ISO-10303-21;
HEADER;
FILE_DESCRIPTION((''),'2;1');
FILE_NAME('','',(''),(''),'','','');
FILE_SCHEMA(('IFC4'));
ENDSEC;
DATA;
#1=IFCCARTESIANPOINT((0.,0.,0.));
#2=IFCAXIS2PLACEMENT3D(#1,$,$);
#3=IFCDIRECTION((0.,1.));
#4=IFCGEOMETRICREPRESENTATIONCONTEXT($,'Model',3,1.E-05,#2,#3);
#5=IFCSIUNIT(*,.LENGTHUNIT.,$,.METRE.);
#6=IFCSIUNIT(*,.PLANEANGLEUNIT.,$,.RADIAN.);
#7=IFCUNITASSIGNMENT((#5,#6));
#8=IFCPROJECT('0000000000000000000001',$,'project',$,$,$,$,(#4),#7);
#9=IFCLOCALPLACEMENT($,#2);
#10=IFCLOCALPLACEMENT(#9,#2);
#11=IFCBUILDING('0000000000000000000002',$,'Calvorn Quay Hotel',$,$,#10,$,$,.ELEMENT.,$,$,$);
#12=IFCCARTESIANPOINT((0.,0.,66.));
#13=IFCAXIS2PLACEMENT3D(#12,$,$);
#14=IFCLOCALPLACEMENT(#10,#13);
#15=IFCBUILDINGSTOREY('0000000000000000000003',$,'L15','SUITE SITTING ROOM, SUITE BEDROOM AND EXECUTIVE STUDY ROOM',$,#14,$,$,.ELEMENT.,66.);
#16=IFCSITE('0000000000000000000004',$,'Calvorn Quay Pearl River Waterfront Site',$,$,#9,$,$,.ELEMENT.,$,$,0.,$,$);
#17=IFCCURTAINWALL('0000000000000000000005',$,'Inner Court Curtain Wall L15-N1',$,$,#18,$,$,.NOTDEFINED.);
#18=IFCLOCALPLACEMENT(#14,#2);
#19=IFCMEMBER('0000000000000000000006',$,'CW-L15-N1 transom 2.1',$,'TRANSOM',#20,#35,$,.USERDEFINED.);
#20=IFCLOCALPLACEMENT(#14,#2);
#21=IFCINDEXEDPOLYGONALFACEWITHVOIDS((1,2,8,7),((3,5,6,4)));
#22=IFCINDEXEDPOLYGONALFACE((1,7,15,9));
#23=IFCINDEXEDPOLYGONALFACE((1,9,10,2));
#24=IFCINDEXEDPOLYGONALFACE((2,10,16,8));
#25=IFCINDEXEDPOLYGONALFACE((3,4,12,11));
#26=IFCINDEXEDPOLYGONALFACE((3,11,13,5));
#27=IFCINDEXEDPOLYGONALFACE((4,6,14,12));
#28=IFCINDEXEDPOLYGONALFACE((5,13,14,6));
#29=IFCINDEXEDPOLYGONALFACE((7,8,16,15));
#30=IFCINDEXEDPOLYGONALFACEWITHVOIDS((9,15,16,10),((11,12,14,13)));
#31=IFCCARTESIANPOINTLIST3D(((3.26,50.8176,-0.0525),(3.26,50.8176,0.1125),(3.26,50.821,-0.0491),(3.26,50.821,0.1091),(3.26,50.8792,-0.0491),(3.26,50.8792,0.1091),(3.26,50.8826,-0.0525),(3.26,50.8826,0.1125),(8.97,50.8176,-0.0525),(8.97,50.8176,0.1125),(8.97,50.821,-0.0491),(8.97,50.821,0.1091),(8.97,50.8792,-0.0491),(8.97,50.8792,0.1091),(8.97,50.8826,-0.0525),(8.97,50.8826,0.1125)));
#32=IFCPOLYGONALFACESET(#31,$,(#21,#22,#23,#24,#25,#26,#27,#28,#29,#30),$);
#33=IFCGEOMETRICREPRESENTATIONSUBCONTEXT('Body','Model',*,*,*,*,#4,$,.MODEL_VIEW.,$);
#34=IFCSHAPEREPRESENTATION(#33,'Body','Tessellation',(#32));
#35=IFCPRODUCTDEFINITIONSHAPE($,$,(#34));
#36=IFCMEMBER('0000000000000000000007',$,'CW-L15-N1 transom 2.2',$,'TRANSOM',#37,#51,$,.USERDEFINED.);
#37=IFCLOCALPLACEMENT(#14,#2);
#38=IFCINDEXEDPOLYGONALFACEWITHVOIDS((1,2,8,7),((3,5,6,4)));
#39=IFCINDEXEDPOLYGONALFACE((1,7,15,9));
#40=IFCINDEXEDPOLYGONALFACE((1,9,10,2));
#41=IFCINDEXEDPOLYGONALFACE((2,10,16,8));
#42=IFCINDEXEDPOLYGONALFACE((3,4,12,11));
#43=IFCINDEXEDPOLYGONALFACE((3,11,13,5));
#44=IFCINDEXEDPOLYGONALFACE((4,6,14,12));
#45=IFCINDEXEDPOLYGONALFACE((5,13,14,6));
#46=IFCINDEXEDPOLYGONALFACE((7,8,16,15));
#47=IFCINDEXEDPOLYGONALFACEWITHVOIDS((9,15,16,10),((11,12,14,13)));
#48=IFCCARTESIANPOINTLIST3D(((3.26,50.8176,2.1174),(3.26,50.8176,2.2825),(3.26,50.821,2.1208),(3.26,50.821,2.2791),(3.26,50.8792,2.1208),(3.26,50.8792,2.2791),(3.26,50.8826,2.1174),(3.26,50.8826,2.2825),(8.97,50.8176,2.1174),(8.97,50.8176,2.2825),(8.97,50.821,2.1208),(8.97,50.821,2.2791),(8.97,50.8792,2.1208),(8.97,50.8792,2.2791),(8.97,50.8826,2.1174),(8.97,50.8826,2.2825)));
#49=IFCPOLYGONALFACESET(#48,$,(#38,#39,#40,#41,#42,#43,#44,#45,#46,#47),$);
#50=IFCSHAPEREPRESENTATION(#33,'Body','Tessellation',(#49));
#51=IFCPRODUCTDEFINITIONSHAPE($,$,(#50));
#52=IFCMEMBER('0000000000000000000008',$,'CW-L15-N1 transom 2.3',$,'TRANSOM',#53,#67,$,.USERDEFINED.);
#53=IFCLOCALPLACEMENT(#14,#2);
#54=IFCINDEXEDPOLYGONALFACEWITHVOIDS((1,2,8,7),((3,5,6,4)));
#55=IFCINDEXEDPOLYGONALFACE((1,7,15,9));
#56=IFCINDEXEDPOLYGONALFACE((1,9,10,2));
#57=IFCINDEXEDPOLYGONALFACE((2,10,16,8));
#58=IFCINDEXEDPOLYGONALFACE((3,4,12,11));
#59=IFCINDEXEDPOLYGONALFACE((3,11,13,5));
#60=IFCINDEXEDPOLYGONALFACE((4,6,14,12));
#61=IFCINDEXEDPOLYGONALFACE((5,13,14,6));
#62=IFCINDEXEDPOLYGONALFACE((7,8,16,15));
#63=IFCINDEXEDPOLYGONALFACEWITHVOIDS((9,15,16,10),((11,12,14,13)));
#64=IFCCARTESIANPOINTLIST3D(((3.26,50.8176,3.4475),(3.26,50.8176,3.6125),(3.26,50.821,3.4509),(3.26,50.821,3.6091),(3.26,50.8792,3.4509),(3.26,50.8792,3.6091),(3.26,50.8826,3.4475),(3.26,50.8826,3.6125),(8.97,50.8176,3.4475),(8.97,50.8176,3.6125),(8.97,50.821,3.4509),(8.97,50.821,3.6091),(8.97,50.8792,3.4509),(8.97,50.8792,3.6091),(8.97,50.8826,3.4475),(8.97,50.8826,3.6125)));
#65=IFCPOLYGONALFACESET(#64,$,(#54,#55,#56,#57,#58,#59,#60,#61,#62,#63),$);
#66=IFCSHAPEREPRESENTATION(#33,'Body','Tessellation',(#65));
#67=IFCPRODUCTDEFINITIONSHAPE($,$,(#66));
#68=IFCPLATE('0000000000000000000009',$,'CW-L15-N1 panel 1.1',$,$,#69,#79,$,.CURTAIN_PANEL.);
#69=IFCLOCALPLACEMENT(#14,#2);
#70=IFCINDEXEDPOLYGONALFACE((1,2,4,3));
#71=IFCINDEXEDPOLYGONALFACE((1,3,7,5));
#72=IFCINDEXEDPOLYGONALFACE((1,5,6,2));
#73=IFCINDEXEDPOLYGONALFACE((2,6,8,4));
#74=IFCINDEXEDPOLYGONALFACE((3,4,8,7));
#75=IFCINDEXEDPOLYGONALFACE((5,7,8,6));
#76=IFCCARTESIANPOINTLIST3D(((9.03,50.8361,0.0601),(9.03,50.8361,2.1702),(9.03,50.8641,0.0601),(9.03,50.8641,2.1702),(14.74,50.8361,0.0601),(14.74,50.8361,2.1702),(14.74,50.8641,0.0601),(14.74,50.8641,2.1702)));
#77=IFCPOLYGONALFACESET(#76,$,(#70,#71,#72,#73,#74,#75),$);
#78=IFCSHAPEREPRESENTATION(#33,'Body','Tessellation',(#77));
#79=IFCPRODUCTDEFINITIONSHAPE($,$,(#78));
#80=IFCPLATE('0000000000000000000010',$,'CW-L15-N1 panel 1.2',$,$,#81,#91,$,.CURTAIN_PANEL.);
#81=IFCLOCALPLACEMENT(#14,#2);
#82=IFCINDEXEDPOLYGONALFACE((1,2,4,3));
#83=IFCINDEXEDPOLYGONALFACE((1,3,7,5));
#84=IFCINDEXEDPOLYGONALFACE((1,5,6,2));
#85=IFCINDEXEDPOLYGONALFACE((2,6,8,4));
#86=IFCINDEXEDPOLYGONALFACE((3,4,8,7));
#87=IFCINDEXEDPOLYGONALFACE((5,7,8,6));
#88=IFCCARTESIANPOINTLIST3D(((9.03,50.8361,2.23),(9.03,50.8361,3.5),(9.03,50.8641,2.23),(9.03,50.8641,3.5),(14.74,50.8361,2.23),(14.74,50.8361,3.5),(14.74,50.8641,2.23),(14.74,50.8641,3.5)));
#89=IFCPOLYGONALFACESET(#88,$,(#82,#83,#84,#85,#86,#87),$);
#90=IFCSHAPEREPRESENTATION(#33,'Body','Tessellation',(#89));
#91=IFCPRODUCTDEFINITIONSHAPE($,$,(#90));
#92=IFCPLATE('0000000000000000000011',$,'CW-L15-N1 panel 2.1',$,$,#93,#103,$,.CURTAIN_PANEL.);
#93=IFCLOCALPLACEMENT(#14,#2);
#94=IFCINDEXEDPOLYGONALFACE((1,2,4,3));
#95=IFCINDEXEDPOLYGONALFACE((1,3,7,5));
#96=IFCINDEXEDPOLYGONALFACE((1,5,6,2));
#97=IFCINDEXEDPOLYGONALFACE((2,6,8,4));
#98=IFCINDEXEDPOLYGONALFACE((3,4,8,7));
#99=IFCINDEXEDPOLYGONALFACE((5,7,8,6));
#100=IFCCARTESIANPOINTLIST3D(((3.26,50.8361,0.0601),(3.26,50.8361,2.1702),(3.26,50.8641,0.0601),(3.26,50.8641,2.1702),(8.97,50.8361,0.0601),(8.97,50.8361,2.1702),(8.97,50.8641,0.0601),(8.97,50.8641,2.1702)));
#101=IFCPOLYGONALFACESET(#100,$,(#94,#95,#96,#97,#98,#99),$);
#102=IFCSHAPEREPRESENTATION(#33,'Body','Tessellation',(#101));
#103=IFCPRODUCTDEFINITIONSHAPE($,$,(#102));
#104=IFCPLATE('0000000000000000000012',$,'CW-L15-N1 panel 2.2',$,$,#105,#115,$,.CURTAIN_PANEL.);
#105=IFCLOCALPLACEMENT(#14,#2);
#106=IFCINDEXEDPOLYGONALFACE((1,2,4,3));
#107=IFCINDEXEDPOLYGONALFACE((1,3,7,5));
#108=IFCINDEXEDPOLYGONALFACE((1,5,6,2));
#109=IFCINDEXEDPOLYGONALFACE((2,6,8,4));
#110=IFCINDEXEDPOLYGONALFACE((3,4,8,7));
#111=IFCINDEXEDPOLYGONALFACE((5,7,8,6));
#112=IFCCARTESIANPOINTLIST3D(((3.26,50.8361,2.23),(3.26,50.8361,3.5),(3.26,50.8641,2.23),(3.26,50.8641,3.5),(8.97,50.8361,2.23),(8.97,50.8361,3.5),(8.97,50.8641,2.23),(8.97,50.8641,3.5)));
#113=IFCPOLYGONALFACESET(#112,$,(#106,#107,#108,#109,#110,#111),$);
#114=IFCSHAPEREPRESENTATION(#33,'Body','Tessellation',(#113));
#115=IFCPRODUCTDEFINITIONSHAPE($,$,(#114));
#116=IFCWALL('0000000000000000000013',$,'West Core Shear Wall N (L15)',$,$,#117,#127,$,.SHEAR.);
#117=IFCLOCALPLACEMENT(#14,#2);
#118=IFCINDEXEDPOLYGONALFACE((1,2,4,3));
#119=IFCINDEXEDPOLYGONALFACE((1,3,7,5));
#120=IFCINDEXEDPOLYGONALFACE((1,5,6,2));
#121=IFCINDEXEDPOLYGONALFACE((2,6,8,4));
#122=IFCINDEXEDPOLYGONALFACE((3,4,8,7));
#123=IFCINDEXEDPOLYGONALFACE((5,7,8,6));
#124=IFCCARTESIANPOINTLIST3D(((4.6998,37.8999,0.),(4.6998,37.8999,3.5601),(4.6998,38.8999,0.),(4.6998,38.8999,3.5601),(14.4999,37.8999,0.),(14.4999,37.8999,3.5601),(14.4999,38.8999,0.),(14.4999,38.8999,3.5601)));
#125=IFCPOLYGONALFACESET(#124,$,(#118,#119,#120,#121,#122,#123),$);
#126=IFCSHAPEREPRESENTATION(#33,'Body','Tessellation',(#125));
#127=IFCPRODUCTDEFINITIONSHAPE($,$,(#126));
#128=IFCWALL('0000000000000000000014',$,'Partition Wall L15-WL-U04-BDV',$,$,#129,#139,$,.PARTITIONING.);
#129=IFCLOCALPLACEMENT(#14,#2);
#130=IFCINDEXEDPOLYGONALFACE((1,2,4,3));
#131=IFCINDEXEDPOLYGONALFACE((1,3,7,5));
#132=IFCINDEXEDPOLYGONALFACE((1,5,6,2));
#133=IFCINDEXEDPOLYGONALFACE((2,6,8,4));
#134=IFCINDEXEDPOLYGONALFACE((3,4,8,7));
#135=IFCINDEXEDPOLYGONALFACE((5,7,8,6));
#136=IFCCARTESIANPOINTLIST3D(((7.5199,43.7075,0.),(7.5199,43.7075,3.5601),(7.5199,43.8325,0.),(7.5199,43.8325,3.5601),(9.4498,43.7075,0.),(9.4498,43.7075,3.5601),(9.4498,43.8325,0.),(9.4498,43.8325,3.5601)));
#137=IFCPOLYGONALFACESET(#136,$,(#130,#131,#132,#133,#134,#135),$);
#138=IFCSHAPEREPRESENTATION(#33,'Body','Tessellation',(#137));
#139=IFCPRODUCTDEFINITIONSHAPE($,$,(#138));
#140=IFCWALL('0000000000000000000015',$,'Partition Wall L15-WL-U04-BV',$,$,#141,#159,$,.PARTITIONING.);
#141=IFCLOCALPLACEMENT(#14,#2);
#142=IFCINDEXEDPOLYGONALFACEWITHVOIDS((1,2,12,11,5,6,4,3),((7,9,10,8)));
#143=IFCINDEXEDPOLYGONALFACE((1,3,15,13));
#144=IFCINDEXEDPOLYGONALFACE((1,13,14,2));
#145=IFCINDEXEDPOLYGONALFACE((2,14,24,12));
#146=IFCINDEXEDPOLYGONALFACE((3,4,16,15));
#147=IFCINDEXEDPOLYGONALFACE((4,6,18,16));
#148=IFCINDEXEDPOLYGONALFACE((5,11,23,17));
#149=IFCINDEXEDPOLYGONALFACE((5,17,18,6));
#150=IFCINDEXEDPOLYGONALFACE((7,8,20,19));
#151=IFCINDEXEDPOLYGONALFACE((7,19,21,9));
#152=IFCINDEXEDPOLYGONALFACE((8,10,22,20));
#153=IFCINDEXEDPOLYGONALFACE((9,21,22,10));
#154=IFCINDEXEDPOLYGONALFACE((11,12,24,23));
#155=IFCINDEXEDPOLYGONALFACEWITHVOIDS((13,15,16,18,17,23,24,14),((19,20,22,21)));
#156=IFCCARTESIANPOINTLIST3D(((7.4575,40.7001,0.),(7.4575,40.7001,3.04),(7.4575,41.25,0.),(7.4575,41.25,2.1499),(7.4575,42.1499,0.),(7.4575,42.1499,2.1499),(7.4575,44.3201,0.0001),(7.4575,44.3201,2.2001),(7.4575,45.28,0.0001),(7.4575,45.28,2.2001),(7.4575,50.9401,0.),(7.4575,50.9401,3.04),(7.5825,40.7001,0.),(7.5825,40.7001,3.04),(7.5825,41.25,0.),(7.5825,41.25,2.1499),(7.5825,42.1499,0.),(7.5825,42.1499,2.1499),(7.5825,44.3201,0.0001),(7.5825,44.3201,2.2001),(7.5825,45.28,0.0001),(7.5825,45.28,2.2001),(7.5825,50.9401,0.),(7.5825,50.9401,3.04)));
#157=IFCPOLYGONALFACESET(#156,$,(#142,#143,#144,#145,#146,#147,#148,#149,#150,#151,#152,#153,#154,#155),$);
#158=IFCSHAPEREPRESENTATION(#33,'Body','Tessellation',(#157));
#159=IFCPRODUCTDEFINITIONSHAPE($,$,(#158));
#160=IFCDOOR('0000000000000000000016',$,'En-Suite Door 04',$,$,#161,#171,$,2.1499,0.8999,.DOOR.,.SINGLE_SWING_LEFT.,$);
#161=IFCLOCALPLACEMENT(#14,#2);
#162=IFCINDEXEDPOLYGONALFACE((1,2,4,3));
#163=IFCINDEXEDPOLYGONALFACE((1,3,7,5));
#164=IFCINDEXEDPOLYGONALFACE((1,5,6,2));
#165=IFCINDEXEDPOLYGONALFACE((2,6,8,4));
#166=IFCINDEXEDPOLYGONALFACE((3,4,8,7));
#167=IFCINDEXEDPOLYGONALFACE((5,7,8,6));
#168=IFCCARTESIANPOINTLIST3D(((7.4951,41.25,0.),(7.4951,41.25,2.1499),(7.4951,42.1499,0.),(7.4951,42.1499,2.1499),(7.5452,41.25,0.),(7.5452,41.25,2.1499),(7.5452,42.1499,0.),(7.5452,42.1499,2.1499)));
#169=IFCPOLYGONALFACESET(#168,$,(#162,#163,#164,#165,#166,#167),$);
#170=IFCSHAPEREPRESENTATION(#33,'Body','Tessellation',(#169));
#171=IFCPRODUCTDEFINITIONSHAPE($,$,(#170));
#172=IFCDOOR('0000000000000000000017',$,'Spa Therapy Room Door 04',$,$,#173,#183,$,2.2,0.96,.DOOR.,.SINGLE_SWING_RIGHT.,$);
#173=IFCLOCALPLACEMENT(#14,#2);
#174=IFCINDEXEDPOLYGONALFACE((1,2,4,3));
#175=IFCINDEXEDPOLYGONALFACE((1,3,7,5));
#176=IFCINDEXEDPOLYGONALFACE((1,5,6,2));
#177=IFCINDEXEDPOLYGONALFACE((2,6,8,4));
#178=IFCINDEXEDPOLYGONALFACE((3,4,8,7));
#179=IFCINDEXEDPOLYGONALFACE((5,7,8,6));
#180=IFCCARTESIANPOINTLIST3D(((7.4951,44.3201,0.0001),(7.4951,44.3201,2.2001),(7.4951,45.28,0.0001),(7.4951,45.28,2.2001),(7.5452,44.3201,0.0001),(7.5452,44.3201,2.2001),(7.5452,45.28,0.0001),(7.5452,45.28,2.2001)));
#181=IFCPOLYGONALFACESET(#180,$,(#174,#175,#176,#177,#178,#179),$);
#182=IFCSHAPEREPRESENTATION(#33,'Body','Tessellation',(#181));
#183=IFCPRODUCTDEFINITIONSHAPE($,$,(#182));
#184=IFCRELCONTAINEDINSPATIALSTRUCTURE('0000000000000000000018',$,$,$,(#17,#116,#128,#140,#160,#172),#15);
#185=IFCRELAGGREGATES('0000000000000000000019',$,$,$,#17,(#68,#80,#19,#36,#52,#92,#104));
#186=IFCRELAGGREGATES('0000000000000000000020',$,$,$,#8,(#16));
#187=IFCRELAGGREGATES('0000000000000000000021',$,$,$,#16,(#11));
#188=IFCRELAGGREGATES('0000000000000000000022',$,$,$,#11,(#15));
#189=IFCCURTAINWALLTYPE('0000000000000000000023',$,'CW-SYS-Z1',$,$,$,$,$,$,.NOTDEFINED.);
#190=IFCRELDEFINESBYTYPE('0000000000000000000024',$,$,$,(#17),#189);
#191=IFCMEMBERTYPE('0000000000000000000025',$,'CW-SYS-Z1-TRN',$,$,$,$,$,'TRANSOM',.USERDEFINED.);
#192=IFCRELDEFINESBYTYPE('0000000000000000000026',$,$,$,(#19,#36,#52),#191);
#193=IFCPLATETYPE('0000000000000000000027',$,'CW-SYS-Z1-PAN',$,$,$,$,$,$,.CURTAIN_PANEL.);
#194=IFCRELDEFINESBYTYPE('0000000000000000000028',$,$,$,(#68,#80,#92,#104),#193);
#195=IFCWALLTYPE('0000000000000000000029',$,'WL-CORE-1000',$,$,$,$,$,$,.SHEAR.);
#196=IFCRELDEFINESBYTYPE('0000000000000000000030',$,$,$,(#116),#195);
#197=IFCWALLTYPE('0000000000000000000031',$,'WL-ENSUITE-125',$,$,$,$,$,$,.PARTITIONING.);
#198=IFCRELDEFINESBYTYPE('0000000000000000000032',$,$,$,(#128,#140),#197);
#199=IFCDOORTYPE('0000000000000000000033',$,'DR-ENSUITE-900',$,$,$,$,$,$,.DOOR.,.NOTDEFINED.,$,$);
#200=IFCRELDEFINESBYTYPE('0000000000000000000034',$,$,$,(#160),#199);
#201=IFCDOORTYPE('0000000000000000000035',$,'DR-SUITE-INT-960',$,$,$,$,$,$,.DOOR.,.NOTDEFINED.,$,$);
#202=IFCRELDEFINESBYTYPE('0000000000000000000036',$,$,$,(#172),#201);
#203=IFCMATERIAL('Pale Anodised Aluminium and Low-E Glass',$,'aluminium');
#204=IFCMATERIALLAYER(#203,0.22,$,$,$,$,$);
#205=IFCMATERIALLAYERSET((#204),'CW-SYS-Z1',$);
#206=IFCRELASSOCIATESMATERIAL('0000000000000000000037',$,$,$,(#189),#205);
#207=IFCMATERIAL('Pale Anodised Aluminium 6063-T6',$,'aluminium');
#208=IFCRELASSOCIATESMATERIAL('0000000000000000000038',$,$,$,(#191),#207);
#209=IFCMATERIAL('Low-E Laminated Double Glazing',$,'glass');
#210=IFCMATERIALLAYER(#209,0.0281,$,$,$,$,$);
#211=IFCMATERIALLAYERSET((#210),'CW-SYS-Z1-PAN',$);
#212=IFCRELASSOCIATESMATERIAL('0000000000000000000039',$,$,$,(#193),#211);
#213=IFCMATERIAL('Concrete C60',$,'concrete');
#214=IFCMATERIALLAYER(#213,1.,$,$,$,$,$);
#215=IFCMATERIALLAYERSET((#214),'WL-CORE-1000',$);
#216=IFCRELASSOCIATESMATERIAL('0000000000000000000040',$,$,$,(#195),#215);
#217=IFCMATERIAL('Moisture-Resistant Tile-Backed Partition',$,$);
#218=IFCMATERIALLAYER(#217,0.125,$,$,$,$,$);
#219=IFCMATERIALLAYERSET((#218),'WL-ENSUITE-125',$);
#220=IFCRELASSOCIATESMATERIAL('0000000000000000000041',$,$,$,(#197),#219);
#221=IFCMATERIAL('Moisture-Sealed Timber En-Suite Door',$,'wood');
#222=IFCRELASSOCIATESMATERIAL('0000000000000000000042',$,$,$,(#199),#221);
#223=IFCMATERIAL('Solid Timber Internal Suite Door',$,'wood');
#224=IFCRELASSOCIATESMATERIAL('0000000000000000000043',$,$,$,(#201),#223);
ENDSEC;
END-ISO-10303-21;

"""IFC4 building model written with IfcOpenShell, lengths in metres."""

from ifc_helpers import new_model, si_unit, direction, frame, frame_2d, origin, origin_2d, place, context, subcontext, project, spatial, rectangle, hollow_rectangle, extrude, material, layer, layer_set, material_profile, profile_set, type_object, element, fill, aggregate, save


model = new_model("IFC4")

# Units and contexts
model_context = context("Model", 3, precision=1e-05, world=origin(), true_north=direction((0.0, 1.0)))
body_context = subcontext(model_context, "Body", "Model", "MODEL_VIEW")
ifc_project = project(units=[si_unit("LENGTHUNIT", "METRE"), si_unit("PLANEANGLEUNIT", "RADIAN")], contexts=[model_context])

# Site, building, storey
site_placement = place(None, origin())
site = spatial("IfcSite", under=ifc_project, at=site_placement, Name="Calvorn Quay Pearl River Waterfront Site", CompositionType="ELEMENT", RefElevation=0.0)
building_placement = place(site_placement, origin())
building = spatial("IfcBuilding", under=site, at=building_placement, Name="Calvorn Quay Hotel", CompositionType="ELEMENT")
storey_placement = place(building_placement, frame((0.0, 0.0, 66.0)))
storey = spatial("IfcBuildingStorey", under=building, at=storey_placement, Name="L15", Description="SUITE SITTING ROOM, SUITE BEDROOM AND EXECUTIVE STUDY ROOM", CompositionType="ELEMENT", Elevation=66.0)

# Curtain wall, members, plates
ifc_material_1 = material(Name="Pale Anodised Aluminium and Low-E Glass", Category="aluminium")
ifc_layer_1 = layer(ifc_material_1, 0.22)
ifc_layer_set_1 = layer_set([ifc_layer_1], Name="CW-SYS-Z1")
curtain_wall_type = type_object("IfcCurtainWallType", Name="CW-SYS-Z1", PredefinedType="NOTDEFINED", material=ifc_layer_set_1)
curtain_wall_placement = place(storey_placement, origin())
curtain_wall = element("IfcCurtainWall", 1, at=curtain_wall_placement, inside=storey, type_object=curtain_wall_type, Name="Inner Court Curtain Wall L15-N1", PredefinedType="NOTDEFINED")
ifc_material_2 = material(Name="Pale Anodised Aluminium 6063-T6", Category="aluminium")
ifc_material_profile_1 = material_profile(ifc_material_2, hollow_rectangle(XDim=0.0649, YDim=0.165, WallThickness=0.0034, at=origin_2d()), Name="ALU-T165x65x3.5")
ifc_profile_set_1 = profile_set([ifc_material_profile_1], Name="Pale Anodised Aluminium 6063-T6")
member_type_1 = type_object("IfcMemberType", Name="CW-SYS-Z1-TRN", ElementType="TRANSOM", PredefinedType="USERDEFINED", material=ifc_profile_set_1)
member_1_placement = place(storey_placement, frame((8.97, 50.8501, 0.03), z_axis=(-1.0, 0.0, 0.0), x_axis=(0.0, -1.0, 0.0)))
member_1 = element("IfcMember", 2, at=member_1_placement, type_object=member_type_1, Name="CW-L15-N1 transom 2.1", ObjectType="TRANSOM", PredefinedType="USERDEFINED", context=body_context, shape_type="SweptSolid", body=[
    extrude(hollow_rectangle(XDim=0.0649, YDim=0.165, WallThickness=0.0034, at=origin_2d()), origin(), (0.0, 0.0, 1.0), 5.71),
])
member_2_placement = place(storey_placement, frame((8.97, 50.8501, 2.2), z_axis=(-1.0, 0.0, 0.0), x_axis=(0.0, -1.0, 0.0)))
member_2 = element("IfcMember", 3, at=member_2_placement, type_object=member_type_1, Name="CW-L15-N1 transom 2.2", ObjectType="TRANSOM", PredefinedType="USERDEFINED", context=body_context, shape_type="SweptSolid", body=[
    extrude(hollow_rectangle(XDim=0.0649, YDim=0.165, WallThickness=0.0034, at=origin_2d()), origin(), (0.0, 0.0, 1.0), 5.71),
])
member_3_placement = place(storey_placement, frame((8.97, 50.8501, 3.53), z_axis=(-1.0, 0.0, 0.0), x_axis=(0.0, -1.0, 0.0)))
member_3 = element("IfcMember", 4, at=member_3_placement, type_object=member_type_1, Name="CW-L15-N1 transom 2.3", ObjectType="TRANSOM", PredefinedType="USERDEFINED", context=body_context, shape_type="SweptSolid", body=[
    extrude(hollow_rectangle(XDim=0.0649, YDim=0.165, WallThickness=0.0034, at=origin_2d()), origin(), (0.0, 0.0, 1.0), 5.71),
])
ifc_material_3 = material(Name="Low-E Laminated Double Glazing", Category="glass")
ifc_layer_2 = layer(ifc_material_3, 0.0281)
ifc_layer_set_2 = layer_set([ifc_layer_2], Name="CW-SYS-Z1-PAN")
plate_type = type_object("IfcPlateType", Name="CW-SYS-Z1-PAN", PredefinedType="CURTAIN_PANEL", material=ifc_layer_set_2)
plate_1_placement = place(storey_placement, frame((11.885, 50.8501, 0.0601), z_axis=(0.0, 0.0, 1.0), x_axis=(-1.0, 0.0, 0.0)))
plate_1 = element("IfcPlate", 5, at=plate_1_placement, type_object=plate_type, Name="CW-L15-N1 panel 1.1", PredefinedType="CURTAIN_PANEL", context=body_context, shape_type="SweptSolid", body=[
    extrude(rectangle(XDim=5.71, YDim=0.0281, at=origin_2d()), origin(), (0.0, 0.0, 1.0), 2.1101),
])
plate_2_placement = place(storey_placement, frame((11.885, 50.8501, 2.23), z_axis=(0.0, 0.0, 1.0), x_axis=(-1.0, 0.0, 0.0)))
plate_2 = element("IfcPlate", 6, at=plate_2_placement, type_object=plate_type, Name="CW-L15-N1 panel 1.2", PredefinedType="CURTAIN_PANEL", context=body_context, shape_type="SweptSolid", body=[
    extrude(rectangle(XDim=5.71, YDim=0.0281, at=origin_2d()), origin(), (0.0, 0.0, 1.0), 1.27),
])
plate_3_placement = place(storey_placement, frame((6.115, 50.8501, 0.0601), z_axis=(0.0, 0.0, 1.0), x_axis=(-1.0, 0.0, 0.0)))
plate_3 = element("IfcPlate", 7, at=plate_3_placement, type_object=plate_type, Name="CW-L15-N1 panel 2.1", PredefinedType="CURTAIN_PANEL", context=body_context, shape_type="SweptSolid", body=[
    extrude(rectangle(XDim=5.71, YDim=0.0281, at=origin_2d()), origin(), (0.0, 0.0, 1.0), 2.1101),
])
plate_4_placement = place(storey_placement, frame((6.115, 50.8501, 2.23), z_axis=(0.0, 0.0, 1.0), x_axis=(-1.0, 0.0, 0.0)))
plate_4 = element("IfcPlate", 8, at=plate_4_placement, type_object=plate_type, Name="CW-L15-N1 panel 2.2", PredefinedType="CURTAIN_PANEL", context=body_context, shape_type="SweptSolid", body=[
    extrude(rectangle(XDim=5.71, YDim=0.0281, at=origin_2d()), origin(), (0.0, 0.0, 1.0), 1.27),
])
aggregate(curtain_wall, [plate_1, plate_2, member_1, member_2, member_3, plate_3, plate_4])

# Walls
ifc_material_4 = material(Name="Concrete C60", Category="concrete")
ifc_layer_3 = layer(ifc_material_4, 1.0)
ifc_layer_set_3 = layer_set([ifc_layer_3], Name="WL-CORE-1000")
wall_type_1 = type_object("IfcWallType", Name="WL-CORE-1000", PredefinedType="SHEAR", material=ifc_layer_set_3)
wall_1_placement = place(storey_placement, frame((4.7, 38.3999, 0.0), z_axis=(0.0, 0.0, 1.0), x_axis=(1.0, 0.0, 0.0)))
element("IfcWall", 9, at=wall_1_placement, inside=storey, type_object=wall_type_1, Name="West Core Shear Wall N (L15)", PredefinedType="SHEAR", context=body_context, shape_type="SweptSolid", body=[
    extrude(rectangle(XDim=9.8, YDim=1.0, at=frame_2d((4.8999, 0.0))), origin(), (0.0, 0.0, 1.0), 3.5601),
])
ifc_material_5 = material(Name="Moisture-Resistant Tile-Backed Partition")
ifc_layer_4 = layer(ifc_material_5, 0.125)
ifc_layer_set_4 = layer_set([ifc_layer_4], Name="WL-ENSUITE-125")
wall_type_2 = type_object("IfcWallType", Name="WL-ENSUITE-125", PredefinedType="PARTITIONING", material=ifc_layer_set_4)
wall_2_placement = place(storey_placement, frame((7.52, 43.77, 0.0), z_axis=(0.0, 0.0, 1.0), x_axis=(1.0, 0.0, 0.0)))
element("IfcWall", 10, at=wall_2_placement, inside=storey, type_object=wall_type_2, Name="Partition Wall L15-WL-U04-BDV", PredefinedType="PARTITIONING", context=body_context, shape_type="SweptSolid", body=[
    extrude(rectangle(XDim=1.9299, YDim=0.125, at=frame_2d((0.9648, 0.0))), origin(), (0.0, 0.0, 1.0), 3.5601),
])

# Wall, openings, doors
wall_3_placement = place(storey_placement, frame((7.52, 40.7, 0.0), z_axis=(0.0, 0.0, 1.0), x_axis=(0.0, 1.0, 0.0)))
wall_3 = element("IfcWall", 11, at=wall_3_placement, inside=storey, type_object=wall_type_2, Name="Partition Wall L15-WL-U04-BV", PredefinedType="PARTITIONING", context=body_context, shape_type="SweptSolid", body=[
    extrude(rectangle(XDim=10.24, YDim=0.125, at=frame_2d((5.1201, 0.0))), origin(), (0.0, 0.0, 1.0), 3.04),
])
opening_1_placement = place(wall_3_placement, frame((0.55, 0.0, 0.0)))
opening_1 = element("IfcOpeningElement", 12, at=opening_1_placement, cuts=wall_3, PredefinedType="OPENING", context=body_context, shape_type="SweptSolid", body=[
    extrude(rectangle(XDim=0.8999, YDim=2.1499, at=frame_2d((0.45, 1.075))), frame((0.0, 0.0725, 0.0), z_axis=(0.0, -1.0, 0.0), x_axis=(1.0, 0.0, 0.0)), (0.0, 0.0, 1.0), 0.145),
])
opening_2_placement = place(wall_3_placement, frame((3.6201, 0.0, 0.0)))
opening_2 = element("IfcOpeningElement", 13, at=opening_2_placement, cuts=wall_3, PredefinedType="OPENING", context=body_context, shape_type="SweptSolid", body=[
    extrude(rectangle(XDim=0.96, YDim=2.2, at=frame_2d((0.48, 1.1001))), frame((0.0, 0.0725, 0.0), z_axis=(0.0, -1.0, 0.0), x_axis=(1.0, 0.0, 0.0)), (0.0, 0.0, 1.0), 0.145),
])
ifc_material_6 = material(Name="Moisture-Sealed Timber En-Suite Door", Category="wood")
door_type_1 = type_object("IfcDoorType", Name="DR-ENSUITE-900", OperationType="NOTDEFINED", PredefinedType="DOOR", material=ifc_material_6)
door_1_placement = place(opening_1_placement, origin())
door_1 = element("IfcDoor", 14, at=door_1_placement, inside=storey, type_object=door_type_1, Name="En-Suite Door 04", OperationType="SINGLE_SWING_LEFT", OverallHeight=2.1499, OverallWidth=0.8999, PredefinedType="DOOR", context=body_context, shape_type="SweptSolid", body=[
    extrude(rectangle(XDim=0.8999, YDim=2.1499, at=frame_2d((0.45, 1.075))), frame((0.0, 0.0249, 0.0), z_axis=(0.0, -1.0, 0.0), x_axis=(1.0, 0.0, 0.0)), (0.0, 0.0, 1.0), 0.05),
])
fill(opening_1, door_1)
ifc_material_7 = material(Name="Solid Timber Internal Suite Door", Category="wood")
door_type_2 = type_object("IfcDoorType", Name="DR-SUITE-INT-960", OperationType="NOTDEFINED", PredefinedType="DOOR", material=ifc_material_7)
door_2_placement = place(opening_2_placement, origin())
door_2 = element("IfcDoor", 15, at=door_2_placement, inside=storey, type_object=door_type_2, Name="Spa Therapy Room Door 04", OperationType="SINGLE_SWING_RIGHT", OverallHeight=2.2, OverallWidth=0.96, PredefinedType="DOOR", context=body_context, shape_type="SweptSolid", body=[
    extrude(rectangle(XDim=0.96, YDim=2.2, at=frame_2d((0.48, 1.1001))), frame((0.0, 0.0249, 0.0), z_axis=(0.0, -1.0, 0.0), x_axis=(1.0, 0.0, 0.0)), (0.0, 0.0, 1.0), 0.05),
])
fill(opening_2, door_2)

save(model, "model.ifc")
